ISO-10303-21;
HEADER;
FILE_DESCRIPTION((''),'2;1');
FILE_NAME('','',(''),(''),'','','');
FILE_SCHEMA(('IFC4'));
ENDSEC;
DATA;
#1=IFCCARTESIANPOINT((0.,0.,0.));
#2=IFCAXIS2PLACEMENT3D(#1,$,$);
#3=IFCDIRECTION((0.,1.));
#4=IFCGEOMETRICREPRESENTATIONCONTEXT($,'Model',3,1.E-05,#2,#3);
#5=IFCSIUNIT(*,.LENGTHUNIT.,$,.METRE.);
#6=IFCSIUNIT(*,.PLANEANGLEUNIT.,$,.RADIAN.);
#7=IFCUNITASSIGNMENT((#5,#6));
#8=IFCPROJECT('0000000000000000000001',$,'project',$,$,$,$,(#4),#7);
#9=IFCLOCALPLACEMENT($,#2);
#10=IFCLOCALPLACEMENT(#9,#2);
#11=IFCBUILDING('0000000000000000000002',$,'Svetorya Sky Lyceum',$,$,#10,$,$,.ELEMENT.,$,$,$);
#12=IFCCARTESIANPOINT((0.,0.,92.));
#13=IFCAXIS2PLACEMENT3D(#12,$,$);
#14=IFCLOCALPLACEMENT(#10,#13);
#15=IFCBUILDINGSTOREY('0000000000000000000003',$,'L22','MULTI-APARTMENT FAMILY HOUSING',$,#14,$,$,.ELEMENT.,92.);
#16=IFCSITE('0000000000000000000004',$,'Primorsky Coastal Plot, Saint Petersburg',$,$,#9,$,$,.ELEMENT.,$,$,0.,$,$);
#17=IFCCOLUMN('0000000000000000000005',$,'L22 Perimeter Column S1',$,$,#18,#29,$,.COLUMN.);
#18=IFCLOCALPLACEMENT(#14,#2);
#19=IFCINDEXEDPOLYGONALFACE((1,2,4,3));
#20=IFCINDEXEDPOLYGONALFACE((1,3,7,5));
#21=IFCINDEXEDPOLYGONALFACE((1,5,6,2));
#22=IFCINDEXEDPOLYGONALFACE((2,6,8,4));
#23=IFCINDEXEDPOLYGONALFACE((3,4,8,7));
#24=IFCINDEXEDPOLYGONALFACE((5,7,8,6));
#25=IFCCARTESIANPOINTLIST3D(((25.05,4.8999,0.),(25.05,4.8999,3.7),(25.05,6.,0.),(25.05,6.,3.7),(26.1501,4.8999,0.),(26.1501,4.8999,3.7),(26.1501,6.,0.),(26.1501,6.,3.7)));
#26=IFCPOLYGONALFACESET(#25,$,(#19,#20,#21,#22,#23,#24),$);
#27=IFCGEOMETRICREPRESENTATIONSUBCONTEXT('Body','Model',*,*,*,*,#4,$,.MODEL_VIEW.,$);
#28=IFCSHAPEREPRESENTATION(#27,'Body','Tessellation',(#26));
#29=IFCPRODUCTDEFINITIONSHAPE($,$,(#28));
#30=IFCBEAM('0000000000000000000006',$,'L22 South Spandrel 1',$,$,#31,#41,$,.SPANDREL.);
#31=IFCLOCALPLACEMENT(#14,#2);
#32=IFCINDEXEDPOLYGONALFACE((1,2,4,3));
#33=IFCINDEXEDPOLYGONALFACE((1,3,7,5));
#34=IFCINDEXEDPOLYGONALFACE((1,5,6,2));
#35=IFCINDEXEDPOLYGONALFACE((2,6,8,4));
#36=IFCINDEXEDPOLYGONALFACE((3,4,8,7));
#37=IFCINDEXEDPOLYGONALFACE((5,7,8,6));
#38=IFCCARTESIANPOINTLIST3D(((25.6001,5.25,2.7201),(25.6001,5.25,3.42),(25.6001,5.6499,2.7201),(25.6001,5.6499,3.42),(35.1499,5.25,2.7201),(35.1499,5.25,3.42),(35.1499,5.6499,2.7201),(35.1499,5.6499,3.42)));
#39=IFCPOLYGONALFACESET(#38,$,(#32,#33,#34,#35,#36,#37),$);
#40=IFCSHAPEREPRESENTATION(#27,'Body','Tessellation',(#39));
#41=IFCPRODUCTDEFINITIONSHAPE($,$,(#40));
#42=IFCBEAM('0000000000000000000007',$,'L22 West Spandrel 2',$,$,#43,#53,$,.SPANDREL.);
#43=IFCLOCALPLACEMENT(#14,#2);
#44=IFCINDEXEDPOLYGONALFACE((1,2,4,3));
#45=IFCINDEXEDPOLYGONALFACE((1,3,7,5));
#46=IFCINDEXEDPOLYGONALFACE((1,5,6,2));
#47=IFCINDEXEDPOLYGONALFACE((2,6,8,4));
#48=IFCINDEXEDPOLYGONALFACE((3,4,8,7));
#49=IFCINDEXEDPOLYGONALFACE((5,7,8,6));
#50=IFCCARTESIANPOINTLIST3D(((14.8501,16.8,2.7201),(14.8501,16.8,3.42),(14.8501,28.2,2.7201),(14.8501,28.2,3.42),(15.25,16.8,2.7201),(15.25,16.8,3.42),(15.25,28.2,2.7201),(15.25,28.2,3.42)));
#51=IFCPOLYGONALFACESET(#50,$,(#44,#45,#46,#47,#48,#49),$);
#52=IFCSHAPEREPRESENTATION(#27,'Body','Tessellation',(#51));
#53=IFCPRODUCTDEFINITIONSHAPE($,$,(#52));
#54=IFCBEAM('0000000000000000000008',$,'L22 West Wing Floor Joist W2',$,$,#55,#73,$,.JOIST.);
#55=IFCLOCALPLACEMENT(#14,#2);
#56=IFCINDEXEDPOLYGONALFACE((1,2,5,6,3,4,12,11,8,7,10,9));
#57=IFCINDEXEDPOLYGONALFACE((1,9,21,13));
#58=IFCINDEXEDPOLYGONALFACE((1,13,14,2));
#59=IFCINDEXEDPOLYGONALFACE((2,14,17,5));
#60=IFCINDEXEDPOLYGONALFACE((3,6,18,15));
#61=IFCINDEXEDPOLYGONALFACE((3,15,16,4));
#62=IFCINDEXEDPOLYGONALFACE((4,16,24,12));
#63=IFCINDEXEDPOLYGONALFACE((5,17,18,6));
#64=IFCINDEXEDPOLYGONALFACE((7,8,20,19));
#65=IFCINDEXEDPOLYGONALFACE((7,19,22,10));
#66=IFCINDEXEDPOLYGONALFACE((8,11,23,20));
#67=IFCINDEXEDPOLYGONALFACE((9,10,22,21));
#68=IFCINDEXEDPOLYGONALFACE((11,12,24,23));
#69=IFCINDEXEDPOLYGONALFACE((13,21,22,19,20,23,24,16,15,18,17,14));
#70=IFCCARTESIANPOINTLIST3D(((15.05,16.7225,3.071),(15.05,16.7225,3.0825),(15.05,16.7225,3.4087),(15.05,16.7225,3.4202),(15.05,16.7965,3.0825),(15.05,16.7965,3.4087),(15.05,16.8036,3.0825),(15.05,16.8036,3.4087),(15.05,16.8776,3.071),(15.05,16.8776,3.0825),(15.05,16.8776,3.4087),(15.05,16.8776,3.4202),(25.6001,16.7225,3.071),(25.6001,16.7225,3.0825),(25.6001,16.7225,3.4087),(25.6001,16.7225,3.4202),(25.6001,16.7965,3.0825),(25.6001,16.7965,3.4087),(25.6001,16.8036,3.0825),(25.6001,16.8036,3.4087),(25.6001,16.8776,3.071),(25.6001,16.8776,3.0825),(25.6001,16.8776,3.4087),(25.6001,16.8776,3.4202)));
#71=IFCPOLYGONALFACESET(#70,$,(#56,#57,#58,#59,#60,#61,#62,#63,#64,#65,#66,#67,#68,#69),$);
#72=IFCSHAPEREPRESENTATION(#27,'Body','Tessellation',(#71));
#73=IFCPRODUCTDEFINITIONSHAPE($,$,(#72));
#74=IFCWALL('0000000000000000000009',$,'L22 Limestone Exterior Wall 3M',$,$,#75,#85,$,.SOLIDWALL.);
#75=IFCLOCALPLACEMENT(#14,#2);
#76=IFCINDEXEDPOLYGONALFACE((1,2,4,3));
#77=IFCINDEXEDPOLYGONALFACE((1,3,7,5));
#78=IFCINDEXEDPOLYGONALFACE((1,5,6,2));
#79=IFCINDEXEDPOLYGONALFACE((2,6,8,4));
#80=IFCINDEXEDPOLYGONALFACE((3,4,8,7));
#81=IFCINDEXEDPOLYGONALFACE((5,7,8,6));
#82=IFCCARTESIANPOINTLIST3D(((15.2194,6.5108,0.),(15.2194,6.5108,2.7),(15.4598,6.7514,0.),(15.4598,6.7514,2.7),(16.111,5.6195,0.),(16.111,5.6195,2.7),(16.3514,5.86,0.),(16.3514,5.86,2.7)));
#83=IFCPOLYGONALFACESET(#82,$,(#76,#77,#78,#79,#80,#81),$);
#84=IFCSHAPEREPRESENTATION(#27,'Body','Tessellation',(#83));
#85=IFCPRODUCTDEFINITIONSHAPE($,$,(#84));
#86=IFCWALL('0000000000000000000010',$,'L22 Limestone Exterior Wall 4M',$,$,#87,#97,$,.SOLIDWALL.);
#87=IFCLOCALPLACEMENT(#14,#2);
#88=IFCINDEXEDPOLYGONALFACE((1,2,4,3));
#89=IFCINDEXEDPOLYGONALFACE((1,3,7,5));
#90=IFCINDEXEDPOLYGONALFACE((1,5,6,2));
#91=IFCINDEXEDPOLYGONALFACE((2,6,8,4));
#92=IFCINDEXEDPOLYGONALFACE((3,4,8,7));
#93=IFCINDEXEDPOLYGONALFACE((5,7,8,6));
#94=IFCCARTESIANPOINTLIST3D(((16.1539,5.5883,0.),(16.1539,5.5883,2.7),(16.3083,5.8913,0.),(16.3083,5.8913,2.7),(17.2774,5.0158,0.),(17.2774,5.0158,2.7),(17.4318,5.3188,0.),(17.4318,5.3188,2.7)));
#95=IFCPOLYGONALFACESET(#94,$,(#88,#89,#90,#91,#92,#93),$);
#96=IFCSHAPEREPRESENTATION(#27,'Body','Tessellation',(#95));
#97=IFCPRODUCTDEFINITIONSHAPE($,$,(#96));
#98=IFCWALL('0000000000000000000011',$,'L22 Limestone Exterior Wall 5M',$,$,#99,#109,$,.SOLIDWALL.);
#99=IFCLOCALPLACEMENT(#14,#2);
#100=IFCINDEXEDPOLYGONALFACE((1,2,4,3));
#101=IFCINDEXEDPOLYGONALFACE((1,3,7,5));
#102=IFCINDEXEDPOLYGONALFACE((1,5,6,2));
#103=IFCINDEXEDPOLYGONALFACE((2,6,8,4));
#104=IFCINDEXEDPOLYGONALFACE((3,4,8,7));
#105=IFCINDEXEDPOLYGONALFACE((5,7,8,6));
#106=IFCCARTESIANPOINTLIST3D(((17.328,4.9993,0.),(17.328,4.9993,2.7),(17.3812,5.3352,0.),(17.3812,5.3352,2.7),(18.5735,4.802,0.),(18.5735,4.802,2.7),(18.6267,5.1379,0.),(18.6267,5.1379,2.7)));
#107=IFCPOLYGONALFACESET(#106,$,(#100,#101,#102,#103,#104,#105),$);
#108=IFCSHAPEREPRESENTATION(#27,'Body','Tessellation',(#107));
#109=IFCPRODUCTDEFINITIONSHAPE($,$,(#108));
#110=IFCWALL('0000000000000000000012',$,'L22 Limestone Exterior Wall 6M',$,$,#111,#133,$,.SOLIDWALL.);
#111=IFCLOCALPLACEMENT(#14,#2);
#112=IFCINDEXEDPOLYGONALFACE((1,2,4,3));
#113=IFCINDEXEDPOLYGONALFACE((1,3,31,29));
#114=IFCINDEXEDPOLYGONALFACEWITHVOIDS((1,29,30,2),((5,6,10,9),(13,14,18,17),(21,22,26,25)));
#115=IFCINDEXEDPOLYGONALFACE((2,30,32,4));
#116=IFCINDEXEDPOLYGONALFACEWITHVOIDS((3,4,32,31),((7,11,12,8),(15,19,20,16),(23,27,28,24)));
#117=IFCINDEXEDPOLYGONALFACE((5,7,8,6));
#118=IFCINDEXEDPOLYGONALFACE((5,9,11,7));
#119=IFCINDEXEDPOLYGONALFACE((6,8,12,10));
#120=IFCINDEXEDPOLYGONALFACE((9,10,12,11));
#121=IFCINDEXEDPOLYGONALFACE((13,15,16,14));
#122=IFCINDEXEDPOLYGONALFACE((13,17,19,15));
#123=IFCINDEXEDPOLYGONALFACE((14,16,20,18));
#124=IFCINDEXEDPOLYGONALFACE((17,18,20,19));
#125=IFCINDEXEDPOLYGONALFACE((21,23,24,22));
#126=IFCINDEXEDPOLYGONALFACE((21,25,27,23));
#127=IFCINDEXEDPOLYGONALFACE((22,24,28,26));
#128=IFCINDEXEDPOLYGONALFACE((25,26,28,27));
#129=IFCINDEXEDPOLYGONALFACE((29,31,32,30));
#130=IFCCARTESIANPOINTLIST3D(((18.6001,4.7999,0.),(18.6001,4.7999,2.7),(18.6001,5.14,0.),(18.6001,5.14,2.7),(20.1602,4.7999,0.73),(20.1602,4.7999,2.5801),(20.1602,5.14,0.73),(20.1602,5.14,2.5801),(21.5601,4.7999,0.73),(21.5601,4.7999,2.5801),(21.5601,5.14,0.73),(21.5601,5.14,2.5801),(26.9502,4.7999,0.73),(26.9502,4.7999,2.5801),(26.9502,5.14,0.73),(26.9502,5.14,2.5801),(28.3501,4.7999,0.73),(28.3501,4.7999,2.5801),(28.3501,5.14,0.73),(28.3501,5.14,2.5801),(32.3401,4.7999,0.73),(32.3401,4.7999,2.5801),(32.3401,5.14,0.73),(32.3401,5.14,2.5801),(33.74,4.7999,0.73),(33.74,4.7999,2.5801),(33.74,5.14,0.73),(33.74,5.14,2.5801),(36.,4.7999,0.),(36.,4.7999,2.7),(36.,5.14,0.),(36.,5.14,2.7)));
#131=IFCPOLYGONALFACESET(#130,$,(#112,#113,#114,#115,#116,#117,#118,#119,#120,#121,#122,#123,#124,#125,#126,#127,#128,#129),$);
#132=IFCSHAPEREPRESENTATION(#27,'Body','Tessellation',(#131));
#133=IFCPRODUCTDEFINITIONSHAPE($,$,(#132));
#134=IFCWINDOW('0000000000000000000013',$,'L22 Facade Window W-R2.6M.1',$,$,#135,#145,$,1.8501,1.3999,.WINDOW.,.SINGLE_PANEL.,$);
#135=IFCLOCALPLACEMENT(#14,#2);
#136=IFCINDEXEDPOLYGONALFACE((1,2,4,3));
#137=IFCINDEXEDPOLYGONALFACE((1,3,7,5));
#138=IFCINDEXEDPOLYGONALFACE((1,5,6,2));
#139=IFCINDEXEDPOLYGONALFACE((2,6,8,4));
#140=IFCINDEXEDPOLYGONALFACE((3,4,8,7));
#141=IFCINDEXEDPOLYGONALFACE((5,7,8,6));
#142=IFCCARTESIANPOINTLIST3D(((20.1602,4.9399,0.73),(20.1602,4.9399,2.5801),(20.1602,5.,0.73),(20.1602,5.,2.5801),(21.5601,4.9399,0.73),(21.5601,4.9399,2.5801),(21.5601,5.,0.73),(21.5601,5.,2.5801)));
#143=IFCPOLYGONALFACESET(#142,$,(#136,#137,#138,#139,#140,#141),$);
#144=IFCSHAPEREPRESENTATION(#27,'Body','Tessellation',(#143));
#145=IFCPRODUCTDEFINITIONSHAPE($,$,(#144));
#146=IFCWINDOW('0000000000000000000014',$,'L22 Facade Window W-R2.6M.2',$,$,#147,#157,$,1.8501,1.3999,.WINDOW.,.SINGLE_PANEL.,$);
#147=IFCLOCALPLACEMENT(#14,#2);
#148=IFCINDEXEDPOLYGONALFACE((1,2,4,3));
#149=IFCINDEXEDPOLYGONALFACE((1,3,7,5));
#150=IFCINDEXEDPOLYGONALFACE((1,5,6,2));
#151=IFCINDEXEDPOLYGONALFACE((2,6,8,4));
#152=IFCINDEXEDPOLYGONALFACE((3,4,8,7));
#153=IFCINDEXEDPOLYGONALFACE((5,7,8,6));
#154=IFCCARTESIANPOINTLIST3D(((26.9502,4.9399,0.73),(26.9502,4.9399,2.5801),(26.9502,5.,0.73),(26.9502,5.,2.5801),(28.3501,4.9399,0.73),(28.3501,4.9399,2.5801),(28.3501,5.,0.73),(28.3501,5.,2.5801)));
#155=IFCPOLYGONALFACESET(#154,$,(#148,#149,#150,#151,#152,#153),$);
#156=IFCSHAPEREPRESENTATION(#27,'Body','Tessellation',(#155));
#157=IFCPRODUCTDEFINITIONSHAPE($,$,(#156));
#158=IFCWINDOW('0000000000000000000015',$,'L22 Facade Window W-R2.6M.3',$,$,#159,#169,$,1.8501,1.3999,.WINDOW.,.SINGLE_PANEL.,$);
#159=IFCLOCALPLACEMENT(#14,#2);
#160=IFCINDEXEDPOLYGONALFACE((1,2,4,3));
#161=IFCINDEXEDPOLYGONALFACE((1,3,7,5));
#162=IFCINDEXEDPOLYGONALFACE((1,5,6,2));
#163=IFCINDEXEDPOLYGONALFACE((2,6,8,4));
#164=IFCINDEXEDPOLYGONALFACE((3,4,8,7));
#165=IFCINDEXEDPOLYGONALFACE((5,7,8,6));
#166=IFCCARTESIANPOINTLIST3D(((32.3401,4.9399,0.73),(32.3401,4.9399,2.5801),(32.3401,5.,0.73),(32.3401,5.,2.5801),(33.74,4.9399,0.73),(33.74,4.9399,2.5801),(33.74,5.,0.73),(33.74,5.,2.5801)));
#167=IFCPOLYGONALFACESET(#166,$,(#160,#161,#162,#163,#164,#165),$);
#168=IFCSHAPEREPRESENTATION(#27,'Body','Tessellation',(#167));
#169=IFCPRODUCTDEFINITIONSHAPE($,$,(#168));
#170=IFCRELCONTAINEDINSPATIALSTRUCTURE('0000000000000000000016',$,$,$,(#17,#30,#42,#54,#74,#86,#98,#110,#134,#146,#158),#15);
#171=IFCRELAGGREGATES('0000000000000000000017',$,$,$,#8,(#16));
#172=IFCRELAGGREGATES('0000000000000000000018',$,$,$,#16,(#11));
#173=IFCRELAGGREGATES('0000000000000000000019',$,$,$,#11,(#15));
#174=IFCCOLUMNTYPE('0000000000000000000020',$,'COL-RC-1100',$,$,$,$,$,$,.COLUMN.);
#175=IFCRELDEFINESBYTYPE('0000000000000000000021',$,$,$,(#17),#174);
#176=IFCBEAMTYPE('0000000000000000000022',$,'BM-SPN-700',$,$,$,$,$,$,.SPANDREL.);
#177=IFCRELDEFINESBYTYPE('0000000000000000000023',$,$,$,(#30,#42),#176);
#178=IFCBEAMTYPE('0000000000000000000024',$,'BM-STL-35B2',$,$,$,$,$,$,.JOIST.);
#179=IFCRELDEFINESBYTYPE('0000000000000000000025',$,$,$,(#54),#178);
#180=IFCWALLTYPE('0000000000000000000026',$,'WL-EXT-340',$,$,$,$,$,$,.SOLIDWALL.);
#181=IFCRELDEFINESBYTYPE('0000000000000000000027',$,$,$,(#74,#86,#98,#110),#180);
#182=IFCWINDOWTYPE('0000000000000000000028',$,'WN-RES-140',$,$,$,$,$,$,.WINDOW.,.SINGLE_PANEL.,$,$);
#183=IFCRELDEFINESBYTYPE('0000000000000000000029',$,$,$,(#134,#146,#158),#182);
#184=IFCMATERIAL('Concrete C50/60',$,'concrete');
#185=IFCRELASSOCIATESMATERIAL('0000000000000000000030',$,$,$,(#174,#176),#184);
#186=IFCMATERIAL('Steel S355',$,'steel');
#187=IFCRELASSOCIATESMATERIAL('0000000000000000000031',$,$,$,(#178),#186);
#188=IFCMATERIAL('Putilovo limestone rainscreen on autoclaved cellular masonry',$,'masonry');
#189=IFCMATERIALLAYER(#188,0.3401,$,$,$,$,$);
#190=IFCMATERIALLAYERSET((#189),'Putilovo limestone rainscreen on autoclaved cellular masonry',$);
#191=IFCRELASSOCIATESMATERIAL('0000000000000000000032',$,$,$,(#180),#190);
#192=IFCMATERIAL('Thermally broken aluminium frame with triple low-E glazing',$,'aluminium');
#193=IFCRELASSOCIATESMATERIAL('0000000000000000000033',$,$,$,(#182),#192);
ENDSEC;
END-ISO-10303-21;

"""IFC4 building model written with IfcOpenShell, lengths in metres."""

from ifc_helpers import new_model, si_unit, direction, frame, frame_2d, origin, origin_2d, place, context, subcontext, project, spatial, rectangle, i_section, extrude, material, layer, layer_set, material_profile, profile_set, type_object, element, fill, save


model = new_model("IFC4")

# Units and contexts
model_context = context("Model", 3, precision=1e-05, world=origin(), true_north=direction((0.0, 1.0)))
body_context = subcontext(model_context, "Body", "Model", "MODEL_VIEW")
ifc_project = project(units=[si_unit("LENGTHUNIT", "METRE"), si_unit("PLANEANGLEUNIT", "RADIAN")], contexts=[model_context])

# Site, building, storey
site_placement = place(None, origin())
site = spatial("IfcSite", under=ifc_project, at=site_placement, Name="Primorsky Coastal Plot, Saint Petersburg", CompositionType="ELEMENT", RefElevation=0.0)
building_placement = place(site_placement, origin())
building = spatial("IfcBuilding", under=site, at=building_placement, Name="Svetorya Sky Lyceum", CompositionType="ELEMENT")
storey_placement = place(building_placement, frame((0.0, 0.0, 92.0)))
storey = spatial("IfcBuildingStorey", under=building, at=storey_placement, Name="L22", Description="MULTI-APARTMENT FAMILY HOUSING", CompositionType="ELEMENT", Elevation=92.0)

# Column
ifc_material_1 = material(Name="Concrete C50/60", Category="concrete")
ifc_material_profile_1 = material_profile(ifc_material_1, rectangle(XDim=1.1001, YDim=1.1001, at=origin_2d()), Name="RC COL 1100x1100")
ifc_profile_set_1 = profile_set([ifc_material_profile_1], Name="Concrete C50/60")
column_type = type_object("IfcColumnType", Name="COL-RC-1100", PredefinedType="COLUMN", material=ifc_profile_set_1)
column_placement = place(storey_placement, frame((25.6001, 5.45, 0.0), z_axis=(0.0, 0.0, 1.0), x_axis=(1.0, 0.0, 0.0)))
element("IfcColumn", 1, at=column_placement, inside=storey, type_object=column_type, Name="L22 Perimeter Column S1", PredefinedType="COLUMN", context=body_context, shape_type="SweptSolid", body=[
    extrude(rectangle(XDim=1.1001, YDim=1.1001, at=origin_2d()), origin(), (0.0, 0.0, 1.0), 3.7),
])

# Beams
ifc_material_profile_2 = material_profile(ifc_material_1, rectangle(XDim=0.3999, YDim=0.7, at=origin_2d()), Name="RC SPANDREL 400x700")
ifc_profile_set_2 = profile_set([ifc_material_profile_2], Name="Concrete C50/60")
beam_type_1 = type_object("IfcBeamType", Name="BM-SPN-700", PredefinedType="SPANDREL", material=ifc_profile_set_2)
beam_1_placement = place(storey_placement, frame((25.6001, 5.45, 3.0701), z_axis=(1.0, 0.0, 0.0), x_axis=(0.0, 1.0, 0.0)))
element("IfcBeam", 2, at=beam_1_placement, inside=storey, type_object=beam_type_1, Name="L22 South Spandrel 1", PredefinedType="SPANDREL", context=body_context, shape_type="SweptSolid", body=[
    extrude(rectangle(XDim=0.3999, YDim=0.7, at=origin_2d()), origin(), (0.0, 0.0, 1.0), 9.5498),
])
beam_2_placement = place(storey_placement, frame((15.05, 16.8, 3.0701), z_axis=(0.0, 1.0, 0.0), x_axis=(-1.0, 0.0, 0.0)))
element("IfcBeam", 3, at=beam_2_placement, inside=storey, type_object=beam_type_1, Name="L22 West Spandrel 2", PredefinedType="SPANDREL", context=body_context, shape_type="SweptSolid", body=[
    extrude(rectangle(XDim=0.3999, YDim=0.7, at=origin_2d()), origin(), (0.0, 0.0, 1.0), 11.3999),
])
ifc_material_2 = material(Name="Steel S355", Category="steel")
ifc_material_profile_3 = material_profile(ifc_material_2, i_section(OverallWidth=0.155, OverallDepth=0.3491, WebThickness=0.0071, FlangeThickness=0.0115, at=origin_2d()), Name="GOST 35B2")
ifc_profile_set_3 = profile_set([ifc_material_profile_3], Name="Steel S355")
beam_type_2 = type_object("IfcBeamType", Name="BM-STL-35B2", PredefinedType="JOIST", material=ifc_profile_set_3)
beam_3_placement = place(storey_placement, frame((15.05, 16.8, 3.2456), z_axis=(1.0, 0.0, 0.0), x_axis=(0.0, 1.0, 0.0)))
element("IfcBeam", 4, at=beam_3_placement, inside=storey, type_object=beam_type_2, Name="L22 West Wing Floor Joist W2", PredefinedType="JOIST", context=body_context, shape_type="SweptSolid", body=[
    extrude(i_section(OverallWidth=0.155, OverallDepth=0.3491, WebThickness=0.0071, FlangeThickness=0.0115, at=origin_2d()), origin(), (0.0, 0.0, 1.0), 10.55),
])

# Walls
ifc_material_3 = material(Name="Putilovo limestone rainscreen on autoclaved cellular masonry", Category="masonry")
ifc_layer_1 = layer(ifc_material_3, 0.3401)
ifc_layer_set_1 = layer_set([ifc_layer_1], Name="Putilovo limestone rainscreen on autoclaved cellular masonry")
wall_type_1 = type_object("IfcWallType", Name="WL-EXT-340", PredefinedType="SOLIDWALL", material=ifc_layer_set_1)
wall_1_placement = place(storey_placement, frame((15.3396, 6.6311, 0.0), z_axis=(0.0, 0.0, 1.0), x_axis=(0.707204, -0.70701, 0.0)))
element("IfcWall", 5, at=wall_1_placement, inside=storey, type_object=wall_type_1, Name="L22 Limestone Exterior Wall 3M", PredefinedType="SOLIDWALL", context=body_context, shape_type="SweptSolid", body=[
    extrude(rectangle(XDim=1.2607, YDim=0.3401, at=frame_2d((0.6304, 0.0))), origin(), (0.0, 0.0, 1.0), 2.7),
])
for number, where, z_axis, x_axis, name in (
    (6, (16.2312, 5.7397, 0.0), (0.0, 0.0, 1.0), (0.890994, -0.454016, 0.0), "L22 Limestone Exterior Wall 4M"),
    (7, (17.3547, 5.1672, 0.0), (0.0, 0.0, 1.0), (0.987686, -0.15645, 0.0), "L22 Limestone Exterior Wall 5M"),
):
    element("IfcWall", number, at=place(storey_placement, frame(where, z_axis=z_axis, x_axis=x_axis)), inside=storey, type_object=wall_type_1, Name=name, PredefinedType="SOLIDWALL", context=body_context, shape_type="SweptSolid", body=[
        extrude(rectangle(XDim=1.261, YDim=0.3401, at=frame_2d((0.6304, 0.0))), origin(), (0.0, 0.0, 1.0), 2.7),
    ])

# Wall, openings, windows
wall_2_placement = place(storey_placement, frame((18.6001, 4.97, 0.0), z_axis=(0.0, 0.0, 1.0), x_axis=(1.0, 0.0, 0.0)))
wall_2 = element("IfcWall", 8, at=wall_2_placement, inside=storey, type_object=wall_type_1, Name="L22 Limestone Exterior Wall 6M", PredefinedType="SOLIDWALL", context=body_context, shape_type="SweptSolid", body=[
    extrude(rectangle(XDim=17.3999, YDim=0.3401, at=frame_2d((8.7, 0.0))), origin(), (0.0, 0.0, 1.0), 2.7),
])
opening_1_placement = place(wall_2_placement, frame((1.5601, 0.0, 0.73)))
opening_1 = element("IfcOpeningElement", 9, at=opening_1_placement, cuts=wall_2, PredefinedType="OPENING", context=body_context, shape_type="SweptSolid", body=[
    extrude(rectangle(XDim=1.3999, YDim=1.8501, at=frame_2d((0.7, 0.925))), frame((0.0, 0.1799, 0.0), z_axis=(0.0, -1.0, 0.0), x_axis=(1.0, 0.0, 0.0)), (0.0, 0.0, 1.0), 0.3601),
])
opening_2_placement = place(wall_2_placement, frame((8.3501, 0.0, 0.73)))
opening_2 = element("IfcOpeningElement", 10, at=opening_2_placement, cuts=wall_2, PredefinedType="OPENING", context=body_context, shape_type="SweptSolid", body=[
    extrude(rectangle(XDim=1.3999, YDim=1.8501, at=frame_2d((0.7, 0.925))), frame((0.0, 0.1799, 0.0), z_axis=(0.0, -1.0, 0.0), x_axis=(1.0, 0.0, 0.0)), (0.0, 0.0, 1.0), 0.3601),
])
opening_3_placement = place(wall_2_placement, frame((13.74, 0.0, 0.73)))
opening_3 = element("IfcOpeningElement", 11, at=opening_3_placement, cuts=wall_2, PredefinedType="OPENING", context=body_context, shape_type="SweptSolid", body=[
    extrude(rectangle(XDim=1.3999, YDim=1.8501, at=frame_2d((0.7, 0.925))), frame((0.0, 0.1799, 0.0), z_axis=(0.0, -1.0, 0.0), x_axis=(1.0, 0.0, 0.0)), (0.0, 0.0, 1.0), 0.3601),
])
ifc_material_4 = material(Name="Thermally broken aluminium frame with triple low-E glazing", Category="aluminium")
window_type = type_object("IfcWindowType", Name="WN-RES-140", PartitioningType="SINGLE_PANEL", PredefinedType="WINDOW", material=ifc_material_4)
window_1_placement = place(opening_1_placement, origin())
window_1 = element("IfcWindow", 12, at=window_1_placement, inside=storey, type_object=window_type, Name="L22 Facade Window W-R2.6M.1", OverallHeight=1.8501, OverallWidth=1.3999, PartitioningType="SINGLE_PANEL", PredefinedType="WINDOW", context=body_context, shape_type="SweptSolid", body=[
    extrude(rectangle(XDim=1.3999, YDim=1.8501, at=frame_2d((0.7, 0.925))), frame((0.0, 0.03, 0.0), z_axis=(0.0, -1.0, 0.0), x_axis=(1.0, 0.0, 0.0)), (0.0, 0.0, 1.0), 0.0601),
])
fill(opening_1, window_1)
window_2_placement = place(opening_2_placement, origin())
window_2 = element("IfcWindow", 13, at=window_2_placement, inside=storey, type_object=window_type, Name="L22 Facade Window W-R2.6M.2", OverallHeight=1.8501, OverallWidth=1.3999, PartitioningType="SINGLE_PANEL", PredefinedType="WINDOW", context=body_context, shape_type="SweptSolid", body=[
    extrude(rectangle(XDim=1.3999, YDim=1.8501, at=frame_2d((0.7, 0.925))), frame((0.0, 0.03, 0.0), z_axis=(0.0, -1.0, 0.0), x_axis=(1.0, 0.0, 0.0)), (0.0, 0.0, 1.0), 0.0601),
])
fill(opening_2, window_2)
window_3_placement = place(opening_3_placement, origin())
window_3 = element("IfcWindow", 14, at=window_3_placement, inside=storey, type_object=window_type, Name="L22 Facade Window W-R2.6M.3", OverallHeight=1.8501, OverallWidth=1.3999, PartitioningType="SINGLE_PANEL", PredefinedType="WINDOW", context=body_context, shape_type="SweptSolid", body=[
    extrude(rectangle(XDim=1.3999, YDim=1.8501, at=frame_2d((0.7, 0.925))), frame((0.0, 0.03, 0.0), z_axis=(0.0, -1.0, 0.0), x_axis=(1.0, 0.0, 0.0)), (0.0, 0.0, 1.0), 0.0601),
])
fill(opening_3, window_3)

save(model, "model.ifc")
